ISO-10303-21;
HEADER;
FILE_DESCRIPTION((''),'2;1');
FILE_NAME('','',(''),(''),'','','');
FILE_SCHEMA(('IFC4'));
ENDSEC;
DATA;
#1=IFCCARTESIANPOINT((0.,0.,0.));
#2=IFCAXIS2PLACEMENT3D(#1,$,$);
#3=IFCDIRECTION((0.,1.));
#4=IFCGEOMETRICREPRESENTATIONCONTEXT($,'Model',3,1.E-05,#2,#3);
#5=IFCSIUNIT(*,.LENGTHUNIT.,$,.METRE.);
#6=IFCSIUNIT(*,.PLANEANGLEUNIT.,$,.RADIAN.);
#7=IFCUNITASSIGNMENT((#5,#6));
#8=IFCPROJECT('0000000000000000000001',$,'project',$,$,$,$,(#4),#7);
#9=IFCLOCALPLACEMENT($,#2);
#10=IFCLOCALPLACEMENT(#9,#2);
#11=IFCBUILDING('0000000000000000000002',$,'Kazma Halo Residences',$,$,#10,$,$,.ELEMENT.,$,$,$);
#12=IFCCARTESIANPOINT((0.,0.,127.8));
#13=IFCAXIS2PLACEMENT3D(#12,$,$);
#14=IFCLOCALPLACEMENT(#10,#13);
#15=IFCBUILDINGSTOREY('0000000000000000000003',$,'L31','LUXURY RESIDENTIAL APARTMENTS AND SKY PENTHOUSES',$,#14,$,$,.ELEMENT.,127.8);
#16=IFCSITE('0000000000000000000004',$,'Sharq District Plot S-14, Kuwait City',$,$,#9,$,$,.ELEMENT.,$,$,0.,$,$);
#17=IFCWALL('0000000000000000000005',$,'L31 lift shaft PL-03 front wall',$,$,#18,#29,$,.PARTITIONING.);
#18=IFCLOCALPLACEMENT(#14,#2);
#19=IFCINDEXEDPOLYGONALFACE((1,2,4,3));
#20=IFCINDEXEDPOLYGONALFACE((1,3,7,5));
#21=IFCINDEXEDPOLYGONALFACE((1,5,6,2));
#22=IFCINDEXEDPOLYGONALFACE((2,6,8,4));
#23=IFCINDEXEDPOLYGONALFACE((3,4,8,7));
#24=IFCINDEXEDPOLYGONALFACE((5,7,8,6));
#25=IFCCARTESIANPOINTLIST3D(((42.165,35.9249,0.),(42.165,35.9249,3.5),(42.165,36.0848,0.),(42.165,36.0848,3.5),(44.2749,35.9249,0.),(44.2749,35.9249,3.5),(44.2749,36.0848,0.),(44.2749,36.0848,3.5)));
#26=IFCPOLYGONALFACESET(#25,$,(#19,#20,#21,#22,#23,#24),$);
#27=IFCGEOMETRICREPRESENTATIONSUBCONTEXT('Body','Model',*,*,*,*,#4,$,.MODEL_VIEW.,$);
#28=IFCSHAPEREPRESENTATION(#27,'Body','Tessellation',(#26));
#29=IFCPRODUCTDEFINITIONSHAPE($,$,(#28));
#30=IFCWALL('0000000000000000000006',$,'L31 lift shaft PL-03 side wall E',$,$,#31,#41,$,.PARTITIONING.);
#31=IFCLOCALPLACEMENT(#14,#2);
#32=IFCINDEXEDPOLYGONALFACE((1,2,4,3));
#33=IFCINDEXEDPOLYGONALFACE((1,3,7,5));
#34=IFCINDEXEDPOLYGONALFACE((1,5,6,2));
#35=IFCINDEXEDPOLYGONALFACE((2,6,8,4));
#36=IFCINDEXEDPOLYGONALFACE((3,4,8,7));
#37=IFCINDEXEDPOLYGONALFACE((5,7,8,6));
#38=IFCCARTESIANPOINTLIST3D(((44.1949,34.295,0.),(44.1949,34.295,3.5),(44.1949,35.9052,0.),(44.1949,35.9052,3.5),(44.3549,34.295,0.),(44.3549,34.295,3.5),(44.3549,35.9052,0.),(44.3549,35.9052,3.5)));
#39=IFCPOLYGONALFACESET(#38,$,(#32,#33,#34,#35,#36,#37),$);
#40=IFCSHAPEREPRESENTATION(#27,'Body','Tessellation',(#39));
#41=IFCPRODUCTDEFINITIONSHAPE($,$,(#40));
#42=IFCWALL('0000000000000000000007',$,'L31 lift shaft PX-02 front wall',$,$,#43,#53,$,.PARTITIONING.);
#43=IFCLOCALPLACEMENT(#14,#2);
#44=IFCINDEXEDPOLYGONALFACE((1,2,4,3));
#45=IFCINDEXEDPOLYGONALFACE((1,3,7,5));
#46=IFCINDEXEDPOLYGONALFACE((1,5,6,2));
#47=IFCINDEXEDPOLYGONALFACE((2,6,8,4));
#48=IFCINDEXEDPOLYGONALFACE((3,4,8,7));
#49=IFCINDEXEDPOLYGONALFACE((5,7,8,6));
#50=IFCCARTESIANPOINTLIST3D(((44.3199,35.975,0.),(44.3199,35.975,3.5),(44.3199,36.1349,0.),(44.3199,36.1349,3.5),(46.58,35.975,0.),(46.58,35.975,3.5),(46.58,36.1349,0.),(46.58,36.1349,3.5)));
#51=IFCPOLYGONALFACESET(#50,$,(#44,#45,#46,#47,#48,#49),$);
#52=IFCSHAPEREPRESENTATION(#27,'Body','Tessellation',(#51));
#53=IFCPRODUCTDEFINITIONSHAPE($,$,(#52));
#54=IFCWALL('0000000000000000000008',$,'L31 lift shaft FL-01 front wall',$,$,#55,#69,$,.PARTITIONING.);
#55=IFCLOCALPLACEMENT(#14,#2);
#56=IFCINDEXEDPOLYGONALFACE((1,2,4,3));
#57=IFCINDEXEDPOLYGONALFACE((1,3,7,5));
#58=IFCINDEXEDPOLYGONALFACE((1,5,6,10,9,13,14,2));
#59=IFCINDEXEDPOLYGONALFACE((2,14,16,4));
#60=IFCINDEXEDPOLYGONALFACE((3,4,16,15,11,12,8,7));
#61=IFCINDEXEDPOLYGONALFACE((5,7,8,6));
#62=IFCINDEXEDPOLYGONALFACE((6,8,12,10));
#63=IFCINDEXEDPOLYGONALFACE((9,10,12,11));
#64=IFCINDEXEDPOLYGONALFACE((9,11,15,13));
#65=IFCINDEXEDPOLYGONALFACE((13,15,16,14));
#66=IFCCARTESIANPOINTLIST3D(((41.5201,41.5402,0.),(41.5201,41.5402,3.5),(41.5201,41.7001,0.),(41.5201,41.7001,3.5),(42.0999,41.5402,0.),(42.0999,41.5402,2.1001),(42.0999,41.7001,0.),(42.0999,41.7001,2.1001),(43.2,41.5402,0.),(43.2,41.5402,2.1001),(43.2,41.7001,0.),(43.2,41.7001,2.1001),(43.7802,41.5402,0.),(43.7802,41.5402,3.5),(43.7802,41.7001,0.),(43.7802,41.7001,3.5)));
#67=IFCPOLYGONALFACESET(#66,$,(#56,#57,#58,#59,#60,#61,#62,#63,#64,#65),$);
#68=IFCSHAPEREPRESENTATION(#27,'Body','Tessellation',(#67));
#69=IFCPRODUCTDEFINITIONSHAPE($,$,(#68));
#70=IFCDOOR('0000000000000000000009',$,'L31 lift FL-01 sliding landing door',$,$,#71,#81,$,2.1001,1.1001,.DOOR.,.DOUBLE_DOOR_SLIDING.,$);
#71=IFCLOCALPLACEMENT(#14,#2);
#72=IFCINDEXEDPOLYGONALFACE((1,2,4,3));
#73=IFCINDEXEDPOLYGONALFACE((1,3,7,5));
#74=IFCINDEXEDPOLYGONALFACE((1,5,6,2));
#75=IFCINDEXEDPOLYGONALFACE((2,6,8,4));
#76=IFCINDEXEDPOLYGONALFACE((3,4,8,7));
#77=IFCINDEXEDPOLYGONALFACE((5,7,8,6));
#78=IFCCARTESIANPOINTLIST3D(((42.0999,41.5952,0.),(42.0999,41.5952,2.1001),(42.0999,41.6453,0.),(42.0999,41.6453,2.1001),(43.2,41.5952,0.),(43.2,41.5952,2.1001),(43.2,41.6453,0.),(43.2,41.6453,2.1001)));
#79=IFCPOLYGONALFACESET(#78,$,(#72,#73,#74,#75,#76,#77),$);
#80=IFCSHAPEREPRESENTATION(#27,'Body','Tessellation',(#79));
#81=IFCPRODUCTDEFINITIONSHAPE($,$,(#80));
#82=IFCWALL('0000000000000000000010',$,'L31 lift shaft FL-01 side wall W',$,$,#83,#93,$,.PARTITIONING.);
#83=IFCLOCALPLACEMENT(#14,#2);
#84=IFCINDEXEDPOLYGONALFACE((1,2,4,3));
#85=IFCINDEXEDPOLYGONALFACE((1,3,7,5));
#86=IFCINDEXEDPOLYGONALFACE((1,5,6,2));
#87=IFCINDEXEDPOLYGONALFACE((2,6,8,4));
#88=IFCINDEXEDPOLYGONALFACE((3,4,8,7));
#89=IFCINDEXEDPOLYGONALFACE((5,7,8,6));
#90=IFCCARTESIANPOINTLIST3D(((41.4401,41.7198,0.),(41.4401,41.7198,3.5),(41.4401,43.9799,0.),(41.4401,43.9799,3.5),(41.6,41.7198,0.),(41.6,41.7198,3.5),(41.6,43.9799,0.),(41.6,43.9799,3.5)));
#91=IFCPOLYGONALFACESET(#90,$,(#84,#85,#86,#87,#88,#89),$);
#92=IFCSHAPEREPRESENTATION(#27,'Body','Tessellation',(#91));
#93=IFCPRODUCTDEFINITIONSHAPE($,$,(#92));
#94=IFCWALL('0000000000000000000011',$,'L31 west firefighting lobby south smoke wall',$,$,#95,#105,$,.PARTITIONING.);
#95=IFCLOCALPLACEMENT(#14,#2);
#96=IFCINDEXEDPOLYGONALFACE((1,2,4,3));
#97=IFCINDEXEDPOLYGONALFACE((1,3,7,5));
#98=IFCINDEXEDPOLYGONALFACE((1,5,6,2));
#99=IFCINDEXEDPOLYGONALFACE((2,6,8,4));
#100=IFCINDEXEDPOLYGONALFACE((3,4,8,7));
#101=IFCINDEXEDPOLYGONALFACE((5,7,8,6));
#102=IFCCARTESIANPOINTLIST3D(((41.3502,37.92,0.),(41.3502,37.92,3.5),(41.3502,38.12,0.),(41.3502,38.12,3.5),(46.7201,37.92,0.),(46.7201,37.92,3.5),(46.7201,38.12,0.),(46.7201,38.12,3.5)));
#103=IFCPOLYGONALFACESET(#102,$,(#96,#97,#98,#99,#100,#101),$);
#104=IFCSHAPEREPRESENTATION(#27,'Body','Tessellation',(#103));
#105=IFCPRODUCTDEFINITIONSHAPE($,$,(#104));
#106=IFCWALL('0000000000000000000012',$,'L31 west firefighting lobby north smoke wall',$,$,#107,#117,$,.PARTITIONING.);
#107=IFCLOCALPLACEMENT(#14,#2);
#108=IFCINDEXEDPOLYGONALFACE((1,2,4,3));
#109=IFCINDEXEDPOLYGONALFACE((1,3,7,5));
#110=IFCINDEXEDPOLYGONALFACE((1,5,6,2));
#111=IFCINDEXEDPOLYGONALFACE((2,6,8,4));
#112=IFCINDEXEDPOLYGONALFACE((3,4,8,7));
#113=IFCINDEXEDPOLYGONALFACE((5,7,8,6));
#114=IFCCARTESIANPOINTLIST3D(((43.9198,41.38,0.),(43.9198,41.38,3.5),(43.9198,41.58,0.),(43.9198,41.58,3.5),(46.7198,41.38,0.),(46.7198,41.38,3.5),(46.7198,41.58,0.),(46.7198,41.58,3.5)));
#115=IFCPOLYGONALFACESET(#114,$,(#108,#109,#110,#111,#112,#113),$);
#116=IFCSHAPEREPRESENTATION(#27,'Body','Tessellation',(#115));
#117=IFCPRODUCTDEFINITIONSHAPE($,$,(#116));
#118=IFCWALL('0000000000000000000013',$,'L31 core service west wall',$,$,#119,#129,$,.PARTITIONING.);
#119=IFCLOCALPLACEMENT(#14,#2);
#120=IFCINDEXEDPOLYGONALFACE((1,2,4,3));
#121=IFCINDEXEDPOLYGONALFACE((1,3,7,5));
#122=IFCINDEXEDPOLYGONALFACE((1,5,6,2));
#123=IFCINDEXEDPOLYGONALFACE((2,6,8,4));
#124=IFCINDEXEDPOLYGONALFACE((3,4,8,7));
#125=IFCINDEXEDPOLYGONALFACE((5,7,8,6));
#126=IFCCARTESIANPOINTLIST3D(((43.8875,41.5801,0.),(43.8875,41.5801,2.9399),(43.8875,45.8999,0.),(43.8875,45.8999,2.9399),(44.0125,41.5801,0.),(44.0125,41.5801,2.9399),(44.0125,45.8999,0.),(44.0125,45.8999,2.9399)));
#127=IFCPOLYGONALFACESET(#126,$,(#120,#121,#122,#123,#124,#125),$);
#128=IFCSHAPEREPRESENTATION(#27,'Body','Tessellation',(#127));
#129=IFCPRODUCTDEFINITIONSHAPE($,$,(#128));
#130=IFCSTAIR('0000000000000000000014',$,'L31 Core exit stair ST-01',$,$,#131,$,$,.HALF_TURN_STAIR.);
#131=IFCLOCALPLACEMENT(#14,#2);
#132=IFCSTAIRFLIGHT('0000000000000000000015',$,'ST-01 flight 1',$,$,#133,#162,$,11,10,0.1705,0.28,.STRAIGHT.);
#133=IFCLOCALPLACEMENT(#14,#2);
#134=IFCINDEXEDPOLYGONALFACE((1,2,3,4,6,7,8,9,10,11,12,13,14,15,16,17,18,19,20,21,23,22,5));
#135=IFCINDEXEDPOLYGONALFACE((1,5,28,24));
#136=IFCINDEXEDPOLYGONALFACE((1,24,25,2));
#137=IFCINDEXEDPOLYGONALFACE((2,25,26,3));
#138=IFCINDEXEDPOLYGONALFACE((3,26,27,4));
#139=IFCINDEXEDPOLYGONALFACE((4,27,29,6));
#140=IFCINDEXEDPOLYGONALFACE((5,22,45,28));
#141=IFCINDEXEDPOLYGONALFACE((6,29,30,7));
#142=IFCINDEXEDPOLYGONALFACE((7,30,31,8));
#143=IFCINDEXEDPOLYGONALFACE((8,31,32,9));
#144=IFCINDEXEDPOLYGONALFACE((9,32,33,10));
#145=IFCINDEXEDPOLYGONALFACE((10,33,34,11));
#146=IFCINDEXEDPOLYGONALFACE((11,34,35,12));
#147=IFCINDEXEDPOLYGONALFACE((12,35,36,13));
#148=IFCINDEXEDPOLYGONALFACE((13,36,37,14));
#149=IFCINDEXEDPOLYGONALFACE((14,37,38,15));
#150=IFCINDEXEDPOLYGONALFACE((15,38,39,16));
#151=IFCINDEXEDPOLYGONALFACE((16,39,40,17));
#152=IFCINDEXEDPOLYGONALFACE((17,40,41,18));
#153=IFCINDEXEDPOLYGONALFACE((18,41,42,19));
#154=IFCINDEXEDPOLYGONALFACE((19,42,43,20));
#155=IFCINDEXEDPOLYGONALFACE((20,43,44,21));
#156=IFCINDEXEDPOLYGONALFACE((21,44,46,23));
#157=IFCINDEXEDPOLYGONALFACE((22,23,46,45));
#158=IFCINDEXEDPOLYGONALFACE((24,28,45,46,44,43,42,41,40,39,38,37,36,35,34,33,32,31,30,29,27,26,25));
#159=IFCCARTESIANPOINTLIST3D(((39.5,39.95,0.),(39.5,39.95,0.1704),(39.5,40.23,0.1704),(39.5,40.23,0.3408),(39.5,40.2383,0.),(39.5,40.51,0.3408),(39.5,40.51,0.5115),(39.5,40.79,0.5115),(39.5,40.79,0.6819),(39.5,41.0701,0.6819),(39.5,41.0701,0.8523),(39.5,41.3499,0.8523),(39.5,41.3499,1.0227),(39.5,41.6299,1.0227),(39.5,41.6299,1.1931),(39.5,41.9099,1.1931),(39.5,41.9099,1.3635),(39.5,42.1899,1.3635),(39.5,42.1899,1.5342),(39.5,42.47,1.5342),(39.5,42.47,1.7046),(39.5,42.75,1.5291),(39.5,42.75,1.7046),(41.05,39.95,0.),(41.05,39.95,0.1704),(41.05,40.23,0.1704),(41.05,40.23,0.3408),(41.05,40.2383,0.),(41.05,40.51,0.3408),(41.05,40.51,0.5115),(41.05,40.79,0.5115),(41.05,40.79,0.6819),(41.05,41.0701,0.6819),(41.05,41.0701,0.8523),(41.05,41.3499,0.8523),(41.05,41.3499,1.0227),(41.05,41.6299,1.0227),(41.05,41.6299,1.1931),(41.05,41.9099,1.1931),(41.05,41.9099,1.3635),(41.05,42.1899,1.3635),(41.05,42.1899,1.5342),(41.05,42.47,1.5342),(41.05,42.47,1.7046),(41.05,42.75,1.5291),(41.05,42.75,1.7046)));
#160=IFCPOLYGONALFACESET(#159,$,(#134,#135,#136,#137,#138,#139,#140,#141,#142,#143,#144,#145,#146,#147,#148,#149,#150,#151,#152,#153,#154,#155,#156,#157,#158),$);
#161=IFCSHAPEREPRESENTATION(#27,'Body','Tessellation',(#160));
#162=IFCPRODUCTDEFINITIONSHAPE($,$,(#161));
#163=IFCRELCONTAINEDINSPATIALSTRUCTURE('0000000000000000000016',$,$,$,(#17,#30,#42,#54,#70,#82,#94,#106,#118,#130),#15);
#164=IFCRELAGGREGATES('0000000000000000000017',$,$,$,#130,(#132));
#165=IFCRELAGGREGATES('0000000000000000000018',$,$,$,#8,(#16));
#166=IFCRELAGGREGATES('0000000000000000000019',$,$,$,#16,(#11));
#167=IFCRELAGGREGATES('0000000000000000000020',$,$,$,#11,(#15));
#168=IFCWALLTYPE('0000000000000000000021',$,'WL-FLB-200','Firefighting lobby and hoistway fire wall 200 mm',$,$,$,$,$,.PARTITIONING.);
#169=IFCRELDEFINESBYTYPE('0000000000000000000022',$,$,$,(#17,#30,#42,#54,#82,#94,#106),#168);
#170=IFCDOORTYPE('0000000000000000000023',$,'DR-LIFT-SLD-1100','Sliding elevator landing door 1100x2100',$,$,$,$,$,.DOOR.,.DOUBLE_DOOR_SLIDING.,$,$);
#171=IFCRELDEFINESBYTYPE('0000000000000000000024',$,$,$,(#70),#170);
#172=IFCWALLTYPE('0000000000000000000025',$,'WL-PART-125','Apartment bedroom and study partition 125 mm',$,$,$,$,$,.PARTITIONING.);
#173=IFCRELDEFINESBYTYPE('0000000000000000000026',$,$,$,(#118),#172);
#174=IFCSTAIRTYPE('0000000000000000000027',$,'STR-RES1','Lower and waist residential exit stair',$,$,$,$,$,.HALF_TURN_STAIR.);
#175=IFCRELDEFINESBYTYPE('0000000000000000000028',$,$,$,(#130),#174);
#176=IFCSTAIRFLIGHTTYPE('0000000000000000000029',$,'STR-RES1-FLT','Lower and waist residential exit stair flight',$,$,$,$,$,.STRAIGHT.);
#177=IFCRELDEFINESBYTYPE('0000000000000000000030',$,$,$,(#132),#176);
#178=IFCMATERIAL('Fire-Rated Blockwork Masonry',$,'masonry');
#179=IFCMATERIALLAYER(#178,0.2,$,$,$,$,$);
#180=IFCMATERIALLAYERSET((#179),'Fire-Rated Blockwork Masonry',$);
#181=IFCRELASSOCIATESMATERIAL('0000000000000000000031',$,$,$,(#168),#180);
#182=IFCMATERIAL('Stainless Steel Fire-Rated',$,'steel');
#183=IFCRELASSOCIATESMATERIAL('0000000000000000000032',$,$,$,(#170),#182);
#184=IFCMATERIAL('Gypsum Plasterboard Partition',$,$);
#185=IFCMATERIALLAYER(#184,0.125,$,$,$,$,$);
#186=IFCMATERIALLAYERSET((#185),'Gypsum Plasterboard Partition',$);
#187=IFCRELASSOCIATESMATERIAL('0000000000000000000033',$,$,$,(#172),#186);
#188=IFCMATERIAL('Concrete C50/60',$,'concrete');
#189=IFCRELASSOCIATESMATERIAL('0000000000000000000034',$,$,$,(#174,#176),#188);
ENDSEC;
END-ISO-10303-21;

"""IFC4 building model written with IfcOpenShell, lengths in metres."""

from ifc_helpers import new_model, si_unit, direction, frame, frame_2d, origin, place, context, subcontext, project, spatial, polyline, rectangle, outline, extrude, material, layer, layer_set, type_object, element, fill, aggregate, save


model = new_model("IFC4")

# Units and contexts
model_context = context("Model", 3, precision=1e-05, world=origin(), true_north=direction((0.0, 1.0)))
body_context = subcontext(model_context, "Body", "Model", "MODEL_VIEW")
ifc_project = project(units=[si_unit("LENGTHUNIT", "METRE"), si_unit("PLANEANGLEUNIT", "RADIAN")], contexts=[model_context])

# Site, building, storey
site_placement = place(None, origin())
site = spatial("IfcSite", under=ifc_project, at=site_placement, Name="Sharq District Plot S-14, Kuwait City", CompositionType="ELEMENT", RefElevation=0.0)
building_placement = place(site_placement, origin())
building = spatial("IfcBuilding", under=site, at=building_placement, Name="Kazma Halo Residences", CompositionType="ELEMENT")
storey_placement = place(building_placement, frame((0.0, 0.0, 127.8)))
storey = spatial("IfcBuildingStorey", under=building, at=storey_placement, Name="L31", Description="LUXURY RESIDENTIAL APARTMENTS AND SKY PENTHOUSES", CompositionType="ELEMENT", Elevation=127.8)

# Walls
ifc_material_1 = material(Name="Fire-Rated Blockwork Masonry", Category="masonry")
ifc_layer_1 = layer(ifc_material_1, 0.2)
ifc_layer_set_1 = layer_set([ifc_layer_1], Name="Fire-Rated Blockwork Masonry")
wall_type_1 = type_object("IfcWallType", Name="WL-FLB-200", Description="Firefighting lobby and hoistway fire wall 200 mm", PredefinedType="PARTITIONING", material=ifc_layer_set_1)
wall_1_placement = place(storey_placement, frame((42.165, 36.0049, 0.0), z_axis=(0.0, 0.0, 1.0), x_axis=(1.0, 0.0, 0.0)))
element("IfcWall", 1, at=wall_1_placement, inside=storey, type_object=wall_type_1, Name="L31 lift shaft PL-03 front wall", PredefinedType="PARTITIONING", context=body_context, shape_type="SweptSolid", body=[
    extrude(rectangle(XDim=2.1099, YDim=0.1599, at=frame_2d((1.0549, 0.0))), origin(), (0.0, 0.0, 1.0), 3.5),
])
wall_2_placement = place(storey_placement, frame((44.2749, 34.2949, 0.0), z_axis=(0.0, 0.0, 1.0), x_axis=(0.0, 1.0, 0.0)))
element("IfcWall", 2, at=wall_2_placement, inside=storey, type_object=wall_type_1, Name="L31 lift shaft PL-03 side wall E", PredefinedType="PARTITIONING", context=body_context, shape_type="SweptSolid", body=[
    extrude(rectangle(XDim=1.6101, YDim=0.1599, at=frame_2d((0.8052, 0.0))), origin(), (0.0, 0.0, 1.0), 3.5),
])
wall_3_placement = place(storey_placement, frame((44.3201, 36.0549, 0.0), z_axis=(0.0, 0.0, 1.0), x_axis=(1.0, 0.0, 0.0)))
element("IfcWall", 3, at=wall_3_placement, inside=storey, type_object=wall_type_1, Name="L31 lift shaft PX-02 front wall", PredefinedType="PARTITIONING", context=body_context, shape_type="SweptSolid", body=[
    extrude(rectangle(XDim=2.26, YDim=0.1599, at=frame_2d((1.1299, 0.0))), origin(), (0.0, 0.0, 1.0), 3.5),
])

# Wall, opening, door
wall_4_placement = place(storey_placement, frame((43.78, 41.6201, 0.0), z_axis=(0.0, 0.0, 1.0), x_axis=(-1.0, 0.0, 0.0)))
wall_4 = element("IfcWall", 4, at=wall_4_placement, inside=storey, type_object=wall_type_1, Name="L31 lift shaft FL-01 front wall", PredefinedType="PARTITIONING", context=body_context, shape_type="SweptSolid", body=[
    extrude(rectangle(XDim=2.26, YDim=0.1599, at=frame_2d((1.1299, 0.0))), origin(), (0.0, 0.0, 1.0), 3.5),
])
opening_1_placement = place(wall_4_placement, frame((0.5801, 0.0, 0.0)))
opening_1 = element("IfcOpeningElement", 5, at=opening_1_placement, cuts=wall_4, PredefinedType="OPENING", context=body_context, shape_type="SweptSolid", body=[
    extrude(rectangle(XDim=1.1001, YDim=2.1001, at=frame_2d((0.55, 1.05))), frame((0.0, 0.0898, 0.0), z_axis=(0.0, -1.0, 0.0), x_axis=(1.0, 0.0, 0.0)), (0.0, 0.0, 1.0), 0.1799),
])
ifc_material_2 = material(Name="Stainless Steel Fire-Rated", Category="steel")
door_type_1 = type_object("IfcDoorType", Name="DR-LIFT-SLD-1100", Description="Sliding elevator landing door 1100x2100", OperationType="DOUBLE_DOOR_SLIDING", PredefinedType="DOOR", material=ifc_material_2)
door_1_placement = place(opening_1_placement, origin())
door_1 = element("IfcDoor", 6, at=door_1_placement, inside=storey, type_object=door_type_1, Name="L31 lift FL-01 sliding landing door", OperationType="DOUBLE_DOOR_SLIDING", OverallHeight=2.1001, OverallWidth=1.1001, PredefinedType="DOOR", context=body_context, shape_type="SweptSolid", body=[
    extrude(rectangle(XDim=1.1001, YDim=2.1001, at=frame_2d((0.55, 1.05))), frame((0.0, 0.0249, 0.0), z_axis=(0.0, -1.0, 0.0), x_axis=(1.0, 0.0, 0.0)), (0.0, 0.0, 1.0), 0.05),
])
fill(opening_1, door_1)

# Walls
wall_5_placement = place(storey_placement, frame((41.52, 41.72, 0.0), z_axis=(0.0, 0.0, 1.0), x_axis=(0.0, 1.0, 0.0)))
element("IfcWall", 7, at=wall_5_placement, inside=storey, type_object=wall_type_1, Name="L31 lift shaft FL-01 side wall W", PredefinedType="PARTITIONING", context=body_context, shape_type="SweptSolid", body=[
    extrude(rectangle(XDim=2.26, YDim=0.1599, at=frame_2d((1.1299, 0.0))), origin(), (0.0, 0.0, 1.0), 3.5),
])
wall_6_placement = place(storey_placement, frame((41.3501, 38.02, 0.0), z_axis=(0.0, 0.0, 1.0), x_axis=(1.0, 0.0, 0.0)))
element("IfcWall", 8, at=wall_6_placement, inside=storey, type_object=wall_type_1, Name="L31 west firefighting lobby south smoke wall", PredefinedType="PARTITIONING", context=body_context, shape_type="SweptSolid", body=[
    extrude(rectangle(XDim=5.3699, YDim=0.2, at=frame_2d((2.6851, 0.0))), origin(), (0.0, 0.0, 1.0), 3.5),
])
wall_7_placement = place(storey_placement, frame((43.9199, 41.48, 0.0), z_axis=(0.0, 0.0, 1.0), x_axis=(1.0, 0.0, 0.0)))
element("IfcWall", 9, at=wall_7_placement, inside=storey, type_object=wall_type_1, Name="L31 west firefighting lobby north smoke wall", PredefinedType="PARTITIONING", context=body_context, shape_type="SweptSolid", body=[
    extrude(rectangle(XDim=2.8, YDim=0.2, at=frame_2d((1.3999, 0.0))), origin(), (0.0, 0.0, 1.0), 3.5),
])
ifc_material_3 = material(Name="Gypsum Plasterboard Partition")
ifc_layer_2 = layer(ifc_material_3, 0.125)
ifc_layer_set_2 = layer_set([ifc_layer_2], Name="Gypsum Plasterboard Partition")
wall_type_2 = type_object("IfcWallType", Name="WL-PART-125", Description="Apartment bedroom and study partition 125 mm", PredefinedType="PARTITIONING", material=ifc_layer_set_2)
wall_8_placement = place(storey_placement, frame((43.95, 41.5801, 0.0), z_axis=(0.0, 0.0, 1.0), x_axis=(0.0, 1.0, 0.0)))
element("IfcWall", 10, at=wall_8_placement, inside=storey, type_object=wall_type_2, Name="L31 core service west wall", PredefinedType="PARTITIONING", context=body_context, shape_type="SweptSolid", body=[
    extrude(rectangle(XDim=4.3198, YDim=0.125, at=frame_2d((2.1599, 0.0))), origin(), (0.0, 0.0, 1.0), 2.9399),
])

# Shared definitions
ifc_material_4 = material(Name="Concrete C50/60", Category="concrete")

# Stair, stair flight
stair_type = type_object("IfcStairType", Name="STR-RES1", Description="Lower and waist residential exit stair", PredefinedType="HALF_TURN_STAIR", material=ifc_material_4)
stair_placement = place(storey_placement, origin())
stair = element("IfcStair", 11, at=stair_placement, inside=storey, type_object=stair_type, Name="L31 Core exit stair ST-01", PredefinedType="HALF_TURN_STAIR")
stair_flight_type = type_object("IfcStairFlightType", Name="STR-RES1-FLT", Description="Lower and waist residential exit stair flight", PredefinedType="STRAIGHT", material=ifc_material_4)
stair_flight_placement = place(storey_placement, frame((40.2749, 39.95, 0.0), z_axis=(0.0, 0.0, 1.0), x_axis=(0.0, 1.0, 0.0)))
stair_flight = element("IfcStairFlight", 12, at=stair_flight_placement, type_object=stair_flight_type, Name="ST-01 flight 1", NumberOfRisers=11, NumberOfTreads=10, PredefinedType="STRAIGHT", RiserHeight=0.1705, TreadLength=0.28, context=body_context, shape_type="SweptSolid", body=[
    extrude(outline(polyline([(0.0, 0.0), (0.0, 0.1704), (0.28, 0.1704), (0.28, 0.3408), (0.5601, 0.3408), (0.5601, 0.5115), (0.8401, 0.5115), (0.8401, 0.6819), (1.1201, 0.6819), (1.1201, 0.8523), (1.3999, 0.8523), (1.3999, 1.0227), (1.6799, 1.0227), (1.6799, 1.1931), (1.96, 1.1931), (1.96, 1.3635), (2.24, 1.3635), (2.24, 1.5342), (2.52, 1.5342), (2.52, 1.7046), (2.8, 1.7046), (2.8, 1.875), (2.8, 1.5291), (0.2883, 0.0), (0.0, 0.0)])), frame((0.0, 0.7749, 0.0), z_axis=(0.0, -1.0, 0.0), x_axis=(1.0, 0.0, 0.0)), (0.0, 0.0, 1.0), 1.55),
])
aggregate(stair, [stair_flight])

save(model, "model.ifc")
